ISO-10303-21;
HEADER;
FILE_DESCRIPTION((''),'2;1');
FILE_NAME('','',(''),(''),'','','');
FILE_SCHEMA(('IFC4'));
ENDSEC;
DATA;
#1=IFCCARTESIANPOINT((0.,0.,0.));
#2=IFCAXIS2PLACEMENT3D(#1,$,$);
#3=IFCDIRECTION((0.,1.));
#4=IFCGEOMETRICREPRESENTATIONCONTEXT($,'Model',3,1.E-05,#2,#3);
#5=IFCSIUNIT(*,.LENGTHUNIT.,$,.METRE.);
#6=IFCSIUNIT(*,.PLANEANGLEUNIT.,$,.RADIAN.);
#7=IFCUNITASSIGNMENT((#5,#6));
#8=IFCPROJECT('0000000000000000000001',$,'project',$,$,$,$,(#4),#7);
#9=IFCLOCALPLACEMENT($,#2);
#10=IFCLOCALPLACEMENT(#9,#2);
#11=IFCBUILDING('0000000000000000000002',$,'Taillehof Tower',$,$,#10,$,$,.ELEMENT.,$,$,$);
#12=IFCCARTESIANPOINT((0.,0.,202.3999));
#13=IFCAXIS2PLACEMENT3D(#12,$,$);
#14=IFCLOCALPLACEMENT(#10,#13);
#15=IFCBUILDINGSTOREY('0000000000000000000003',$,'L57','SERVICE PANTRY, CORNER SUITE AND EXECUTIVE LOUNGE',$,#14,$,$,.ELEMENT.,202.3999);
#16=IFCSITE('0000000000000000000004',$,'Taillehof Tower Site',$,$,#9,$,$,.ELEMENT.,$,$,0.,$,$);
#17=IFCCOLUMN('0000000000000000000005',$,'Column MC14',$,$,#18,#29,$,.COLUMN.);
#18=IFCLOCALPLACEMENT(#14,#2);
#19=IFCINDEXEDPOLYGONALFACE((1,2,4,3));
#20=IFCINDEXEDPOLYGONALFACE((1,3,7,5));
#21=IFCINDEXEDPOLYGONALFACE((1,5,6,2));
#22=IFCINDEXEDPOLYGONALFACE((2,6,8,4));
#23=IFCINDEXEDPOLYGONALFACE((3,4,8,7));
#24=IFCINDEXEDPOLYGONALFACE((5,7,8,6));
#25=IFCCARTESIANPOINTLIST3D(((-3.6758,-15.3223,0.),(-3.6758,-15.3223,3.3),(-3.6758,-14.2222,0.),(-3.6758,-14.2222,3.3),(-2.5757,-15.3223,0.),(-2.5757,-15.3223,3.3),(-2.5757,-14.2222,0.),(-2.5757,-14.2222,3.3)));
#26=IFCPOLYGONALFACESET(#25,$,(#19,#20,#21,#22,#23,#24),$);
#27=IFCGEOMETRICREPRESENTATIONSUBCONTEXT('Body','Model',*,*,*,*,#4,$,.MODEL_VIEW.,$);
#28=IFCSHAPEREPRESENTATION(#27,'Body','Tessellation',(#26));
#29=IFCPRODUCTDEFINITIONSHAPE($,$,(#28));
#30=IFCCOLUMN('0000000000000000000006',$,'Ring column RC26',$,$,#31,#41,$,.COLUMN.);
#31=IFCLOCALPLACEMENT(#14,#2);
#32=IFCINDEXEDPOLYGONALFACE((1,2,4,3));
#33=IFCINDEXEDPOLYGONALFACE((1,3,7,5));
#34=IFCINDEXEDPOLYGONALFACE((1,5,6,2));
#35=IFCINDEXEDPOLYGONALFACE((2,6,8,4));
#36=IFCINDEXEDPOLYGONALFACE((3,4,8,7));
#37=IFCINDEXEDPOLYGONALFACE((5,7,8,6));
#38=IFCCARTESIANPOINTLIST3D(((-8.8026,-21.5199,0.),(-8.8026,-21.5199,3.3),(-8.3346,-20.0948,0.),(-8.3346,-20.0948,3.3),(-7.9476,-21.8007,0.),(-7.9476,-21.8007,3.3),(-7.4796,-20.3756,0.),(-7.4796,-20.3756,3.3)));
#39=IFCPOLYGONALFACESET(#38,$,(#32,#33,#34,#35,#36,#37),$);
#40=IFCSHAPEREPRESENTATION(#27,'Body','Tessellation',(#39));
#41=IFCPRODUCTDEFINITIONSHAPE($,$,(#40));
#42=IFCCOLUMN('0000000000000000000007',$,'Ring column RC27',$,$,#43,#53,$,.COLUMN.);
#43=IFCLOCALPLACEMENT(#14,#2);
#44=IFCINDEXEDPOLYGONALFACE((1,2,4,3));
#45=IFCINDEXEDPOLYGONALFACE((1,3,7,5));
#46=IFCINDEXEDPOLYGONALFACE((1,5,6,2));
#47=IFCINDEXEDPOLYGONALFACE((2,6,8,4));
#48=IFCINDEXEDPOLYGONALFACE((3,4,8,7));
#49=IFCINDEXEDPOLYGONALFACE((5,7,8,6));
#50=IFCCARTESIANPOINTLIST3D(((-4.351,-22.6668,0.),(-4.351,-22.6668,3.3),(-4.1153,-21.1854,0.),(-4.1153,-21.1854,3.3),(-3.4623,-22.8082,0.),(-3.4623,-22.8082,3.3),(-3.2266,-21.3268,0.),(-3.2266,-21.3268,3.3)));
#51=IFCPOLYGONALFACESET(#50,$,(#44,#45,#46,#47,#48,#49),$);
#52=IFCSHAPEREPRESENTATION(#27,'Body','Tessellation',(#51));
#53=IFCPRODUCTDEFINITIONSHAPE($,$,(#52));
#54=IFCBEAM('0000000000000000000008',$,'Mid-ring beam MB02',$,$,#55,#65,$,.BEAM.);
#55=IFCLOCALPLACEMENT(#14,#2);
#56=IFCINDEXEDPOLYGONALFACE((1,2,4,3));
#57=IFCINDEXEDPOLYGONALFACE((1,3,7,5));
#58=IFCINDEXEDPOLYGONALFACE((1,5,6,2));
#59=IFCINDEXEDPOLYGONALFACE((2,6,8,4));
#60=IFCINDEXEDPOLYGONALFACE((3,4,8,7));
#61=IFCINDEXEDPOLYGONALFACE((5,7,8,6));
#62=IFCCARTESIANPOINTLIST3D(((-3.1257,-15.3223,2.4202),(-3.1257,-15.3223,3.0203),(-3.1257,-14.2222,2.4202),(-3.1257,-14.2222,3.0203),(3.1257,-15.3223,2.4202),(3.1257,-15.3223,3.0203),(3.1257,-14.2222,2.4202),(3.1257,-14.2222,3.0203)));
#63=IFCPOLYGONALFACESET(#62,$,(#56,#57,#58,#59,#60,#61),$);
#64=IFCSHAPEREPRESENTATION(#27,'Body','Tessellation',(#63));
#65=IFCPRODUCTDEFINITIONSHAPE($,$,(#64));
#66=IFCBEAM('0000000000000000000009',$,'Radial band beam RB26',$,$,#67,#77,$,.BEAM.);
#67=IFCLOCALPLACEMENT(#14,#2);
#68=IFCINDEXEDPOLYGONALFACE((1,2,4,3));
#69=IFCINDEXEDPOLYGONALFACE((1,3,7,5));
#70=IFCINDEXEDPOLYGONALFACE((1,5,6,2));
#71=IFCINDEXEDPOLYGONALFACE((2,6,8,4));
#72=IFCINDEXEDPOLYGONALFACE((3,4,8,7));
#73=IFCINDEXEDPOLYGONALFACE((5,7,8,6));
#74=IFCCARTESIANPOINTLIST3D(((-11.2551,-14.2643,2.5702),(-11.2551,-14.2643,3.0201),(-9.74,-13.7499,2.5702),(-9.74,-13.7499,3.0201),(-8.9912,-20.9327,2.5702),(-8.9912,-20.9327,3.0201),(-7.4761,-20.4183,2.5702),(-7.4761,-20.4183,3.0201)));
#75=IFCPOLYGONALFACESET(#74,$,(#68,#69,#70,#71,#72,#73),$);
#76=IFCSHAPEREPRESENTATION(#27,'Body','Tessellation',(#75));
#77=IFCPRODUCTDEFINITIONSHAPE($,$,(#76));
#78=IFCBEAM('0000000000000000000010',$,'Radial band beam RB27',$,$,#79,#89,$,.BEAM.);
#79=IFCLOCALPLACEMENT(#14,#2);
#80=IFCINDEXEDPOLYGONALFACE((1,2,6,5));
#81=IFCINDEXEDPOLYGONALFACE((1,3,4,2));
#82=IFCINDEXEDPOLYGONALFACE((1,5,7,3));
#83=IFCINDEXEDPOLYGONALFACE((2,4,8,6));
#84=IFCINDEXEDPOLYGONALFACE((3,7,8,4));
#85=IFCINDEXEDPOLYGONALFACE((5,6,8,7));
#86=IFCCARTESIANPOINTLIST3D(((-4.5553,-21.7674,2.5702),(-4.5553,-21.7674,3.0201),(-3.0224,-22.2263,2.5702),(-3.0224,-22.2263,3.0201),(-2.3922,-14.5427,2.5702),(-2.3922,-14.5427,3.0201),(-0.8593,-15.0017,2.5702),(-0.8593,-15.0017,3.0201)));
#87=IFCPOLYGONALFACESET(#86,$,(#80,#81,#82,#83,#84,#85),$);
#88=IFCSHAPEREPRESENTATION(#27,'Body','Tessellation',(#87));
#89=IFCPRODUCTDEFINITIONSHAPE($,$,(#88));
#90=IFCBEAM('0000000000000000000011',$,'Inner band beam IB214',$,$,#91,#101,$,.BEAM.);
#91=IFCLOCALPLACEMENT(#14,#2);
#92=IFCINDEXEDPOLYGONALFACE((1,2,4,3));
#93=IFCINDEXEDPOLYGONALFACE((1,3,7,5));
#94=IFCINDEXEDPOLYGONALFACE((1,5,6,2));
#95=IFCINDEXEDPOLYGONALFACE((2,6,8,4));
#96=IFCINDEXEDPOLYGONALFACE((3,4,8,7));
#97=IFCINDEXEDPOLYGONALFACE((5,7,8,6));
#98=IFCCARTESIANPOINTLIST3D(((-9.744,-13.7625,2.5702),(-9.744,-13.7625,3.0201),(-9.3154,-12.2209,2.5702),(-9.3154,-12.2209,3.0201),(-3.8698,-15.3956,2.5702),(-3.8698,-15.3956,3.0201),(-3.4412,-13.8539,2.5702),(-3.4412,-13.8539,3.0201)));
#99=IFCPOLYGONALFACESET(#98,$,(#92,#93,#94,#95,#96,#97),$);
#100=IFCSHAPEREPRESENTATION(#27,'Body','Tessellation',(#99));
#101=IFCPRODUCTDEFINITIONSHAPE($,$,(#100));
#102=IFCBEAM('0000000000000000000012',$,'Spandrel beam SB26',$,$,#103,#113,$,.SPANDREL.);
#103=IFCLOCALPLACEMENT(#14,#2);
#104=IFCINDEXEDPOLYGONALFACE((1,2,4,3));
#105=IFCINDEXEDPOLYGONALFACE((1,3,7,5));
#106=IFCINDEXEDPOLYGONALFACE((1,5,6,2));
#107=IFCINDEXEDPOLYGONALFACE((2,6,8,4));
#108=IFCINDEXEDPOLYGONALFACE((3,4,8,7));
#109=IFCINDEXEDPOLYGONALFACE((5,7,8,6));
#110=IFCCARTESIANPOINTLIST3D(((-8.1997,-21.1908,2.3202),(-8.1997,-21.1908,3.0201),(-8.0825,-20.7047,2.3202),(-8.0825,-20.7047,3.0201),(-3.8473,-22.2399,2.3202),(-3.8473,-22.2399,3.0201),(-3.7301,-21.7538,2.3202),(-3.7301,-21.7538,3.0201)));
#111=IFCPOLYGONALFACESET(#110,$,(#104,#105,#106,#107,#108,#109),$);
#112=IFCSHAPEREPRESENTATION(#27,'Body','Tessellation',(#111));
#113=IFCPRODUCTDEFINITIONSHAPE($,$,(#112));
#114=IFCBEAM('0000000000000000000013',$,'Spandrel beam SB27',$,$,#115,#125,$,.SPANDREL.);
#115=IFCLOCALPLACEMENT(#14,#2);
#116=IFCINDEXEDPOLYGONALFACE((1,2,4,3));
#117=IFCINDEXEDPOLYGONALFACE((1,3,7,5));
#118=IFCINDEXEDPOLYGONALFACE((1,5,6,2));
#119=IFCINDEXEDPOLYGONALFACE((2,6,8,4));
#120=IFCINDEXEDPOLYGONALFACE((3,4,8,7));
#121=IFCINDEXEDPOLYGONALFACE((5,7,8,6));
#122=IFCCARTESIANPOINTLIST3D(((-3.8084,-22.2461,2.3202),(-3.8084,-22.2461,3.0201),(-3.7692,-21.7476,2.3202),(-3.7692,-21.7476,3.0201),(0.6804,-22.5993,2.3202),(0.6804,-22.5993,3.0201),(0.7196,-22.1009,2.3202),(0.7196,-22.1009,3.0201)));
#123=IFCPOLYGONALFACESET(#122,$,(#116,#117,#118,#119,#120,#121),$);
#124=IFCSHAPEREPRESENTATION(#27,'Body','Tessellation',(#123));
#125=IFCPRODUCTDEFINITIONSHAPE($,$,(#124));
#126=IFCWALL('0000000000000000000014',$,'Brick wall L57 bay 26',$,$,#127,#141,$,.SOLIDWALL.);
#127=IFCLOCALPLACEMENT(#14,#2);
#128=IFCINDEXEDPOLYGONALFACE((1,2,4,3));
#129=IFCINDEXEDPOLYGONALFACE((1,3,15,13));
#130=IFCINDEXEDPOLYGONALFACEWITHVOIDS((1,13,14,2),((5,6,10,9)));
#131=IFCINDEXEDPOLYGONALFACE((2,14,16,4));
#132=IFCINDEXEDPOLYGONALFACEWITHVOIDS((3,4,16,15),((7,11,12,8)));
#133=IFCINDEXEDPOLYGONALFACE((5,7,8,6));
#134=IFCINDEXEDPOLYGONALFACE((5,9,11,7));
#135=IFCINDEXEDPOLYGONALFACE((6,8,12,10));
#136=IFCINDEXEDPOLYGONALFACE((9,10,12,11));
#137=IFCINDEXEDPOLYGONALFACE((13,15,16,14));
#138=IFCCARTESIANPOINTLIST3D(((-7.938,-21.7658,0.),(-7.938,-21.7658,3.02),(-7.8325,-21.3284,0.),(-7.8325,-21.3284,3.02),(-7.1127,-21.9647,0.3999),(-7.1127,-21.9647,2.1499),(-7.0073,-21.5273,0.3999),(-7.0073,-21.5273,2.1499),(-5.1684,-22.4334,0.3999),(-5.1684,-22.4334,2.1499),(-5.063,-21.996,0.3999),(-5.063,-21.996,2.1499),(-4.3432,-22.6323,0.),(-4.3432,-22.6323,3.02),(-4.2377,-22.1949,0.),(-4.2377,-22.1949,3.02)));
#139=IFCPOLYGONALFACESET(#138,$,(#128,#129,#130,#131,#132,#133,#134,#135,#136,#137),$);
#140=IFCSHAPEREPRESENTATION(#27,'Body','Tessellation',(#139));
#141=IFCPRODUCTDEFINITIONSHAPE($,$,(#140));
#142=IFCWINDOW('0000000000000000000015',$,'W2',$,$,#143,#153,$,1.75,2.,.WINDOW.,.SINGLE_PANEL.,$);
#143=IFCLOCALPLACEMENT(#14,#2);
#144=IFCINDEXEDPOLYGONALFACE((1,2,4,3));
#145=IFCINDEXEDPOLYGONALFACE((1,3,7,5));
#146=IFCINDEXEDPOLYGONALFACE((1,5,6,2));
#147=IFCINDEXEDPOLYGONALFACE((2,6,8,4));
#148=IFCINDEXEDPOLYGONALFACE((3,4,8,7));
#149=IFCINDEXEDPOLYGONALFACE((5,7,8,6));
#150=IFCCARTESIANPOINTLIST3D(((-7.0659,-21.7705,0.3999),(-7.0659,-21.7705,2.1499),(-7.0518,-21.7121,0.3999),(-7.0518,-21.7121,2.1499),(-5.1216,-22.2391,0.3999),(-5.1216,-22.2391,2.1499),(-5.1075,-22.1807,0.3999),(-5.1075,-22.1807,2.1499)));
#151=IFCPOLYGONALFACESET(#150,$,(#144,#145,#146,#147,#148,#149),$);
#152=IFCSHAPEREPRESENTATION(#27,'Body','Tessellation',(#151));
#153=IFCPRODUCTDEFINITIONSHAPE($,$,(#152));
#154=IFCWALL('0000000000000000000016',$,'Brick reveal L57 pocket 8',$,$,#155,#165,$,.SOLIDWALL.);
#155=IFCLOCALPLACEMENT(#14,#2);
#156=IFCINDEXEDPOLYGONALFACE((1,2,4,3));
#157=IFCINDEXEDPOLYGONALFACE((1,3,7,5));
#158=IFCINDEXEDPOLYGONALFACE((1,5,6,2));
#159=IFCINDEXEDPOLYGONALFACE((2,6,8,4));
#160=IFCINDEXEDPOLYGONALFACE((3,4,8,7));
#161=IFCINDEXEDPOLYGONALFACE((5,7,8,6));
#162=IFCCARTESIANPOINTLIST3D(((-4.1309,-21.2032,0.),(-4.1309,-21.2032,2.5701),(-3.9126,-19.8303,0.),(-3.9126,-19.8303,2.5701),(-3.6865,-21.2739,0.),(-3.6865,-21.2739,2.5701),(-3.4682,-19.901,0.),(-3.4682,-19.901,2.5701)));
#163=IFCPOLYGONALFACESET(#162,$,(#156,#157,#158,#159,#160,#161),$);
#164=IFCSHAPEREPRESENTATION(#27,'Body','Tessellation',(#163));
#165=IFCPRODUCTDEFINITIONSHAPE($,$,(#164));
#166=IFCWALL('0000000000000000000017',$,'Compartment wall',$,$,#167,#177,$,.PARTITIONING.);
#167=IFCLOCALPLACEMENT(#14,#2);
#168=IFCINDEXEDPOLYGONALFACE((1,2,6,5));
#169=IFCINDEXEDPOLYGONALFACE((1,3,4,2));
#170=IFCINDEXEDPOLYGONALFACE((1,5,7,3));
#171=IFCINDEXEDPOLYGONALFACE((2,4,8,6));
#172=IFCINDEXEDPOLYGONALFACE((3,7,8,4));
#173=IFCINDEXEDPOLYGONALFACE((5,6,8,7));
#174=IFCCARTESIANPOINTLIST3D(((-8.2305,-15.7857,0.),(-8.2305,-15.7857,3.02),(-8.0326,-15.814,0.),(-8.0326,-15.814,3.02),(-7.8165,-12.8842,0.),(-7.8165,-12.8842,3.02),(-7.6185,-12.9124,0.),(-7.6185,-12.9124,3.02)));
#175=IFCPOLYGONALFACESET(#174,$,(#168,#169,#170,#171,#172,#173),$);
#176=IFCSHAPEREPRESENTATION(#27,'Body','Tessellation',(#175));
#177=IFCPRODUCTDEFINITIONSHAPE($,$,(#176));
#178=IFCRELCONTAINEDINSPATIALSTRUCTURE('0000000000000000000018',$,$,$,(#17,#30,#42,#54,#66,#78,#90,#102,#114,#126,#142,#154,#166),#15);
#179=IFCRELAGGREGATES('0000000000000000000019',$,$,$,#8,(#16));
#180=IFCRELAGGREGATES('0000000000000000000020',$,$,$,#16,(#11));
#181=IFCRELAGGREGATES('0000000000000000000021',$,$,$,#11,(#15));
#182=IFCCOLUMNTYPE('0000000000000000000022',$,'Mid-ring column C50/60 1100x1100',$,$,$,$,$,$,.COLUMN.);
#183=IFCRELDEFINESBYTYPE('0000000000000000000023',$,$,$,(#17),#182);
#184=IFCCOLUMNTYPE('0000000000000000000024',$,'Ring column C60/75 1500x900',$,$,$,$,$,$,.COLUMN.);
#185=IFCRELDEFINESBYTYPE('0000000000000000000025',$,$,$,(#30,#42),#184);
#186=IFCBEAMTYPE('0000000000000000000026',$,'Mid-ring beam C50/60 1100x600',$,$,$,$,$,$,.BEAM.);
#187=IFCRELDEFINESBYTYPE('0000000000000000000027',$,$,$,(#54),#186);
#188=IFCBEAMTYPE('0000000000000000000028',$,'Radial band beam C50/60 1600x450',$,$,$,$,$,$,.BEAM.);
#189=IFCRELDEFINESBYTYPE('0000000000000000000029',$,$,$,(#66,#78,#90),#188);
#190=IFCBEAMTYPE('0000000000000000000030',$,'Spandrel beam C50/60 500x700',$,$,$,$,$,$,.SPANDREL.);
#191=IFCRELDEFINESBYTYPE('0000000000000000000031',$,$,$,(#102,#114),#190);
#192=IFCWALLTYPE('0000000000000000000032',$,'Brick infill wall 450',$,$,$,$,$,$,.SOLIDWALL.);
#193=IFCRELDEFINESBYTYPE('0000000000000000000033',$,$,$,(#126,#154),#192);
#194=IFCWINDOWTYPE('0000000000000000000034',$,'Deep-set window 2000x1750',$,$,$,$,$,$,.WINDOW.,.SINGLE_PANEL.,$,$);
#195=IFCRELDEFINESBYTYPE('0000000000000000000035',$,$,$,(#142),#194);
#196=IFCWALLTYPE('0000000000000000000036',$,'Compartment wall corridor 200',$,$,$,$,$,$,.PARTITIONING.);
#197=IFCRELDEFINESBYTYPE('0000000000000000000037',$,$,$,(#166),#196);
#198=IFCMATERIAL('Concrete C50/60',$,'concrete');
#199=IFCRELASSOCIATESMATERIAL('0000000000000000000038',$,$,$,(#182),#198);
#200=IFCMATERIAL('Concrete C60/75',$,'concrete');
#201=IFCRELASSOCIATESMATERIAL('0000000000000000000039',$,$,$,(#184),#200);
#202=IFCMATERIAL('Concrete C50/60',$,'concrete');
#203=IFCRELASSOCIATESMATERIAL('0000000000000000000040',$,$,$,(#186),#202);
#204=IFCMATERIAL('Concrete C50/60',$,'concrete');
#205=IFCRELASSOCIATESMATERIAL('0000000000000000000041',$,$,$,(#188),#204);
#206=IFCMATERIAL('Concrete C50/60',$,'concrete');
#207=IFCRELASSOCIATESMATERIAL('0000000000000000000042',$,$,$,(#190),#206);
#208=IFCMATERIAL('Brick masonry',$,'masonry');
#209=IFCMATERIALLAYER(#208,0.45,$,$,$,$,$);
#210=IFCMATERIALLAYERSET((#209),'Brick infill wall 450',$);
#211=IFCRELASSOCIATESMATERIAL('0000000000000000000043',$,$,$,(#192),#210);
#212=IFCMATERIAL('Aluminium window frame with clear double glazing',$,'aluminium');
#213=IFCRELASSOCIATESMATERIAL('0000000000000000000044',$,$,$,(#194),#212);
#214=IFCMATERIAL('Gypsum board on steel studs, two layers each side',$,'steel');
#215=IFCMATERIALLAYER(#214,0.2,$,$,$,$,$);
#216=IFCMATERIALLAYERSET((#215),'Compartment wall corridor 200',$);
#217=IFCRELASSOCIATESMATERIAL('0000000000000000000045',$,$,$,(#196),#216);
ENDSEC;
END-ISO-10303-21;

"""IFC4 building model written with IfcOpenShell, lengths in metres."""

from ifc_helpers import new_model, si_unit, direction, frame, frame_2d, origin, origin_2d, place, context, subcontext, project, spatial, rectangle, extrude, material, layer, layer_set, material_profile, profile_set, type_object, element, fill, save


model = new_model("IFC4")

# Units and contexts
model_context = context("Model", 3, precision=1e-05, world=origin(), true_north=direction((0.0, 1.0)))
body_context = subcontext(model_context, "Body", "Model", "MODEL_VIEW")
ifc_project = project(units=[si_unit("LENGTHUNIT", "METRE"), si_unit("PLANEANGLEUNIT", "RADIAN")], contexts=[model_context])

# Site, building, storey
site_placement = place(None, origin())
site = spatial("IfcSite", under=ifc_project, at=site_placement, Name="Taillehof Tower Site", CompositionType="ELEMENT", RefElevation=0.0)
building_placement = place(site_placement, origin())
building = spatial("IfcBuilding", under=site, at=building_placement, Name="Taillehof Tower", CompositionType="ELEMENT")
storey_placement = place(building_placement, frame((0.0, 0.0, 202.3999)))
storey = spatial("IfcBuildingStorey", under=building, at=storey_placement, Name="L57", Description="SERVICE PANTRY, CORNER SUITE AND EXECUTIVE LOUNGE", CompositionType="ELEMENT", Elevation=202.3999)

# Columns
ifc_material_1 = material(Name="Concrete C50/60", Category="concrete")
ifc_material_profile_1 = material_profile(ifc_material_1, rectangle(XDim=1.1001, YDim=1.1001, at=origin_2d()), Name="RC 1100x1100")
ifc_profile_set_1 = profile_set([ifc_material_profile_1], Name="Concrete C50/60")
column_type_1 = type_object("IfcColumnType", Name="Mid-ring column C50/60 1100x1100", PredefinedType="COLUMN", material=ifc_profile_set_1)
column_placement = place(storey_placement, frame((-3.1257, -14.7722, 0.0), z_axis=(0.0, 0.0, 1.0), x_axis=(1.0, 0.0, 0.0)))
element("IfcColumn", 1, at=column_placement, inside=storey, type_object=column_type_1, Name="Column MC14", PredefinedType="COLUMN", context=body_context, shape_type="SweptSolid", body=[
    extrude(rectangle(XDim=1.1001, YDim=1.1001, at=origin_2d()), origin(), (0.0, 0.0, 1.0), 3.3),
])
ifc_material_2 = material(Name="Concrete C60/75", Category="concrete")
ifc_material_profile_2 = material_profile(ifc_material_2, rectangle(XDim=1.5, YDim=0.8999, at=origin_2d()), Name="RC 1500x900")
ifc_profile_set_2 = profile_set([ifc_material_profile_2], Name="Concrete C60/75")
column_type_2 = type_object("IfcColumnType", Name="Ring column C60/75 1500x900", PredefinedType="COLUMN", material=ifc_profile_set_2)
for number, where, z_axis, x_axis, name in (
    (2, (-8.1411, -20.9478, 0.0), (0.0, 0.0, 1.0), (-0.312001, -0.950082, 0.0), "Ring column RC26"),
    (3, (-3.7888, -21.9968, 0.0), (0.0, 0.0, 1.0), (-0.157116, -0.98758, 0.0), "Ring column RC27"),
):
    element("IfcColumn", number, at=place(storey_placement, frame(where, z_axis=z_axis, x_axis=x_axis)), inside=storey, type_object=column_type_2, Name=name, PredefinedType="COLUMN", context=body_context, shape_type="SweptSolid", body=[
        extrude(rectangle(XDim=1.5, YDim=0.8999, at=origin_2d()), origin(), (0.0, 0.0, 1.0), 3.3),
    ])

# Beams
ifc_material_3 = material(Name="Concrete C50/60", Category="concrete")
ifc_material_profile_3 = material_profile(ifc_material_3, rectangle(XDim=1.1001, YDim=0.6001, at=origin_2d()), Name="RC 1100x600")
ifc_profile_set_3 = profile_set([ifc_material_profile_3], Name="Concrete C50/60")
beam_type_1 = type_object("IfcBeamType", Name="Mid-ring beam C50/60 1100x600", PredefinedType="BEAM", material=ifc_profile_set_3)
beam_1_placement = place(storey_placement, frame((-3.1257, -14.7722, 2.7202), z_axis=(1.0, 0.0, 0.0), x_axis=(0.0, 1.0, 0.0)))
element("IfcBeam", 4, at=beam_1_placement, inside=storey, type_object=beam_type_1, Name="Mid-ring beam MB02", PredefinedType="BEAM", context=body_context, shape_type="SweptSolid", body=[
    extrude(rectangle(XDim=1.1001, YDim=0.6001, at=origin_2d()), origin(), (0.0, 0.0, 1.0), 6.2515),
])
ifc_material_4 = material(Name="Concrete C50/60", Category="concrete")
ifc_material_profile_4 = material_profile(ifc_material_4, rectangle(XDim=1.6001, YDim=0.45, at=origin_2d()), Name="RC 1600x450")
ifc_profile_set_4 = profile_set([ifc_material_profile_4], Name="Concrete C50/60")
beam_type_2 = type_object("IfcBeamType", Name="Radial band beam C50/60 1600x450", PredefinedType="BEAM", material=ifc_profile_set_4)
beam_2_placement = place(storey_placement, frame((-8.2336, -20.6755, 2.7952), z_axis=(-0.321475, 0.946918, 0.0), x_axis=(-0.946918, -0.321475, 0.0)))
element("IfcBeam", 5, at=beam_2_placement, inside=storey, type_object=beam_type_2, Name="Radial band beam RB26", PredefinedType="BEAM", context=body_context, shape_type="SweptSolid", body=[
    extrude(rectangle(XDim=1.6001, YDim=0.45, at=origin_2d()), origin(), (0.0, 0.0, 1.0), 7.0422),
])
beam_3_placement = place(storey_placement, frame((-3.7888, -21.9968, 2.7952), z_axis=(0.286825, 0.957983, 0.0), x_axis=(-0.957983, 0.286825, 0.0)))
element("IfcBeam", 6, at=beam_3_placement, inside=storey, type_object=beam_type_2, Name="Radial band beam RB27", PredefinedType="BEAM", context=body_context, shape_type="SweptSolid", body=[
    extrude(rectangle(XDim=1.6001, YDim=0.45, at=origin_2d()), origin(), (0.0, 0.0, 1.0), 7.5415),
])
beam_4_placement = place(storey_placement, frame((-3.6555, -14.6248, 2.7952), z_axis=(-0.963459, 0.267855, 0.0), x_axis=(-0.267855, -0.963459, 0.0)))
element("IfcBeam", 7, at=beam_4_placement, inside=storey, type_object=beam_type_2, Name="Inner band beam IB214", PredefinedType="BEAM", context=body_context, shape_type="SweptSolid", body=[
    extrude(rectangle(XDim=1.6001, YDim=0.45, at=origin_2d()), origin(), (0.0, 0.0, 1.0), 6.0969),
])
ifc_material_5 = material(Name="Concrete C50/60", Category="concrete")
ifc_material_profile_5 = material_profile(ifc_material_5, rectangle(XDim=0.5, YDim=0.7, at=origin_2d()), Name="RC 500x700")
ifc_profile_set_5 = profile_set([ifc_material_profile_5], Name="Concrete C50/60")
beam_type_3 = type_object("IfcBeamType", Name="Spandrel beam C50/60 500x700", PredefinedType="SPANDREL", material=ifc_profile_set_5)
beam_5_placement = place(storey_placement, frame((-8.1411, -20.9478, 2.6702), z_axis=(0.972158, -0.234328, 0.0), x_axis=(0.234328, 0.972158, 0.0)))
element("IfcBeam", 8, at=beam_5_placement, inside=storey, type_object=beam_type_3, Name="Spandrel beam SB26", PredefinedType="SPANDREL", context=body_context, shape_type="SweptSolid", body=[
    extrude(rectangle(XDim=0.5, YDim=0.7, at=origin_2d()), origin(), (0.0, 0.0, 1.0), 4.4771),
])
beam_6_placement = place(storey_placement, frame((-3.7888, -21.9968, 2.6702), z_axis=(0.996917, -0.078459, 0.0), x_axis=(0.078459, 0.996917, 0.0)))
element("IfcBeam", 9, at=beam_6_placement, inside=storey, type_object=beam_type_3, Name="Spandrel beam SB27", PredefinedType="SPANDREL", context=body_context, shape_type="SweptSolid", body=[
    extrude(rectangle(XDim=0.5, YDim=0.7, at=origin_2d()), origin(), (0.0, 0.0, 1.0), 4.5027),
])

# Wall, opening, window
ifc_material_6 = material(Name="Brick masonry", Category="masonry")
ifc_layer_1 = layer(ifc_material_6, 0.45)
ifc_layer_set_1 = layer_set([ifc_layer_1], Name="Brick infill wall 450")
wall_type_1 = type_object("IfcWallType", Name="Brick infill wall 450", PredefinedType="SOLIDWALL", material=ifc_layer_set_1)
wall_1_placement = place(storey_placement, frame((-7.8853, -21.5471, 0.0), z_axis=(0.0, 0.0, 1.0), x_axis=(0.972158, -0.234324, 0.0)))
wall_1 = element("IfcWall", 10, at=wall_1_placement, inside=storey, type_object=wall_type_1, Name="Brick wall L57 bay 26", PredefinedType="SOLIDWALL", context=body_context, shape_type="SweptSolid", body=[
    extrude(rectangle(XDim=3.6978, YDim=0.45, at=frame_2d((1.8489, 0.0))), origin(), (0.0, 0.0, 1.0), 3.02),
])
opening_1_placement = place(wall_1_placement, frame((0.8489, 0.0, 0.3999)))
opening_1 = element("IfcOpeningElement", 11, at=opening_1_placement, cuts=wall_1, PredefinedType="OPENING", context=body_context, shape_type="SweptSolid", body=[
    extrude(rectangle(XDim=2.0, YDim=1.75, at=frame_2d((1.0, 0.875))), frame((0.0, 0.2349, 0.0), z_axis=(0.0, -1.0, 0.0), x_axis=(1.0, 0.0, 0.0)), (0.0, 0.0, 1.0), 0.47),
])
ifc_material_7 = material(Name="Aluminium window frame with clear double glazing", Category="aluminium")
window_type_1 = type_object("IfcWindowType", Name="Deep-set window 2000x1750", PartitioningType="SINGLE_PANEL", PredefinedType="WINDOW", material=ifc_material_7)
window_1_placement = place(opening_1_placement, origin())
window_1 = element("IfcWindow", 12, at=window_1_placement, inside=storey, type_object=window_type_1, Name="W2", OverallHeight=1.75, OverallWidth=2.0, PartitioningType="SINGLE_PANEL", PredefinedType="WINDOW", context=body_context, shape_type="SweptSolid", body=[
    extrude(rectangle(XDim=2.0, YDim=1.75, at=frame_2d((1.0, 0.875))), frame((0.0, 0.0349, 0.0), z_axis=(0.0, -1.0, 0.0), x_axis=(1.0, 0.0, 0.0)), (0.0, 0.0, 1.0), 0.0601),
])
fill(opening_1, window_1)

# Wall
wall_2_placement = place(storey_placement, frame((-3.9087, -21.2385, 0.0), z_axis=(0.0, 0.0, 1.0), x_axis=(0.157018, 0.987596, 0.0)))
element("IfcWall", 13, at=wall_2_placement, inside=storey, type_object=wall_type_1, Name="Brick reveal L57 pocket 8", PredefinedType="SOLIDWALL", context=body_context, shape_type="SweptSolid", body=[
    extrude(rectangle(XDim=1.3901, YDim=0.45, at=frame_2d((0.6951, 0.0))), origin(), (0.0, 0.0, 1.0), 2.5701),
])

# Wall
ifc_material_8 = material(Name="Gypsum board on steel studs, two layers each side", Category="steel")
ifc_layer_2 = layer(ifc_material_8, 0.2)
ifc_layer_set_2 = layer_set([ifc_layer_2], Name="Compartment wall corridor 200")
wall_type_2 = type_object("IfcWallType", Name="Compartment wall corridor 200", PredefinedType="PARTITIONING", material=ifc_layer_set_2)
wall_3_placement = place(storey_placement, frame((-7.7175, -12.8984, 0.0), z_axis=(0.0, 0.0, 1.0), x_axis=(-0.14127, -0.989971, 0.0)))
element("IfcWall", 14, at=wall_3_placement, inside=storey, type_object=wall_type_2, Name="Compartment wall", PredefinedType="PARTITIONING", context=body_context, shape_type="SweptSolid", body=[
    extrude(rectangle(XDim=2.9309, YDim=0.2, at=frame_2d((1.4653, 0.0))), origin(), (0.0, 0.0, 1.0), 3.02),
])

save(model, "model.ifc")
